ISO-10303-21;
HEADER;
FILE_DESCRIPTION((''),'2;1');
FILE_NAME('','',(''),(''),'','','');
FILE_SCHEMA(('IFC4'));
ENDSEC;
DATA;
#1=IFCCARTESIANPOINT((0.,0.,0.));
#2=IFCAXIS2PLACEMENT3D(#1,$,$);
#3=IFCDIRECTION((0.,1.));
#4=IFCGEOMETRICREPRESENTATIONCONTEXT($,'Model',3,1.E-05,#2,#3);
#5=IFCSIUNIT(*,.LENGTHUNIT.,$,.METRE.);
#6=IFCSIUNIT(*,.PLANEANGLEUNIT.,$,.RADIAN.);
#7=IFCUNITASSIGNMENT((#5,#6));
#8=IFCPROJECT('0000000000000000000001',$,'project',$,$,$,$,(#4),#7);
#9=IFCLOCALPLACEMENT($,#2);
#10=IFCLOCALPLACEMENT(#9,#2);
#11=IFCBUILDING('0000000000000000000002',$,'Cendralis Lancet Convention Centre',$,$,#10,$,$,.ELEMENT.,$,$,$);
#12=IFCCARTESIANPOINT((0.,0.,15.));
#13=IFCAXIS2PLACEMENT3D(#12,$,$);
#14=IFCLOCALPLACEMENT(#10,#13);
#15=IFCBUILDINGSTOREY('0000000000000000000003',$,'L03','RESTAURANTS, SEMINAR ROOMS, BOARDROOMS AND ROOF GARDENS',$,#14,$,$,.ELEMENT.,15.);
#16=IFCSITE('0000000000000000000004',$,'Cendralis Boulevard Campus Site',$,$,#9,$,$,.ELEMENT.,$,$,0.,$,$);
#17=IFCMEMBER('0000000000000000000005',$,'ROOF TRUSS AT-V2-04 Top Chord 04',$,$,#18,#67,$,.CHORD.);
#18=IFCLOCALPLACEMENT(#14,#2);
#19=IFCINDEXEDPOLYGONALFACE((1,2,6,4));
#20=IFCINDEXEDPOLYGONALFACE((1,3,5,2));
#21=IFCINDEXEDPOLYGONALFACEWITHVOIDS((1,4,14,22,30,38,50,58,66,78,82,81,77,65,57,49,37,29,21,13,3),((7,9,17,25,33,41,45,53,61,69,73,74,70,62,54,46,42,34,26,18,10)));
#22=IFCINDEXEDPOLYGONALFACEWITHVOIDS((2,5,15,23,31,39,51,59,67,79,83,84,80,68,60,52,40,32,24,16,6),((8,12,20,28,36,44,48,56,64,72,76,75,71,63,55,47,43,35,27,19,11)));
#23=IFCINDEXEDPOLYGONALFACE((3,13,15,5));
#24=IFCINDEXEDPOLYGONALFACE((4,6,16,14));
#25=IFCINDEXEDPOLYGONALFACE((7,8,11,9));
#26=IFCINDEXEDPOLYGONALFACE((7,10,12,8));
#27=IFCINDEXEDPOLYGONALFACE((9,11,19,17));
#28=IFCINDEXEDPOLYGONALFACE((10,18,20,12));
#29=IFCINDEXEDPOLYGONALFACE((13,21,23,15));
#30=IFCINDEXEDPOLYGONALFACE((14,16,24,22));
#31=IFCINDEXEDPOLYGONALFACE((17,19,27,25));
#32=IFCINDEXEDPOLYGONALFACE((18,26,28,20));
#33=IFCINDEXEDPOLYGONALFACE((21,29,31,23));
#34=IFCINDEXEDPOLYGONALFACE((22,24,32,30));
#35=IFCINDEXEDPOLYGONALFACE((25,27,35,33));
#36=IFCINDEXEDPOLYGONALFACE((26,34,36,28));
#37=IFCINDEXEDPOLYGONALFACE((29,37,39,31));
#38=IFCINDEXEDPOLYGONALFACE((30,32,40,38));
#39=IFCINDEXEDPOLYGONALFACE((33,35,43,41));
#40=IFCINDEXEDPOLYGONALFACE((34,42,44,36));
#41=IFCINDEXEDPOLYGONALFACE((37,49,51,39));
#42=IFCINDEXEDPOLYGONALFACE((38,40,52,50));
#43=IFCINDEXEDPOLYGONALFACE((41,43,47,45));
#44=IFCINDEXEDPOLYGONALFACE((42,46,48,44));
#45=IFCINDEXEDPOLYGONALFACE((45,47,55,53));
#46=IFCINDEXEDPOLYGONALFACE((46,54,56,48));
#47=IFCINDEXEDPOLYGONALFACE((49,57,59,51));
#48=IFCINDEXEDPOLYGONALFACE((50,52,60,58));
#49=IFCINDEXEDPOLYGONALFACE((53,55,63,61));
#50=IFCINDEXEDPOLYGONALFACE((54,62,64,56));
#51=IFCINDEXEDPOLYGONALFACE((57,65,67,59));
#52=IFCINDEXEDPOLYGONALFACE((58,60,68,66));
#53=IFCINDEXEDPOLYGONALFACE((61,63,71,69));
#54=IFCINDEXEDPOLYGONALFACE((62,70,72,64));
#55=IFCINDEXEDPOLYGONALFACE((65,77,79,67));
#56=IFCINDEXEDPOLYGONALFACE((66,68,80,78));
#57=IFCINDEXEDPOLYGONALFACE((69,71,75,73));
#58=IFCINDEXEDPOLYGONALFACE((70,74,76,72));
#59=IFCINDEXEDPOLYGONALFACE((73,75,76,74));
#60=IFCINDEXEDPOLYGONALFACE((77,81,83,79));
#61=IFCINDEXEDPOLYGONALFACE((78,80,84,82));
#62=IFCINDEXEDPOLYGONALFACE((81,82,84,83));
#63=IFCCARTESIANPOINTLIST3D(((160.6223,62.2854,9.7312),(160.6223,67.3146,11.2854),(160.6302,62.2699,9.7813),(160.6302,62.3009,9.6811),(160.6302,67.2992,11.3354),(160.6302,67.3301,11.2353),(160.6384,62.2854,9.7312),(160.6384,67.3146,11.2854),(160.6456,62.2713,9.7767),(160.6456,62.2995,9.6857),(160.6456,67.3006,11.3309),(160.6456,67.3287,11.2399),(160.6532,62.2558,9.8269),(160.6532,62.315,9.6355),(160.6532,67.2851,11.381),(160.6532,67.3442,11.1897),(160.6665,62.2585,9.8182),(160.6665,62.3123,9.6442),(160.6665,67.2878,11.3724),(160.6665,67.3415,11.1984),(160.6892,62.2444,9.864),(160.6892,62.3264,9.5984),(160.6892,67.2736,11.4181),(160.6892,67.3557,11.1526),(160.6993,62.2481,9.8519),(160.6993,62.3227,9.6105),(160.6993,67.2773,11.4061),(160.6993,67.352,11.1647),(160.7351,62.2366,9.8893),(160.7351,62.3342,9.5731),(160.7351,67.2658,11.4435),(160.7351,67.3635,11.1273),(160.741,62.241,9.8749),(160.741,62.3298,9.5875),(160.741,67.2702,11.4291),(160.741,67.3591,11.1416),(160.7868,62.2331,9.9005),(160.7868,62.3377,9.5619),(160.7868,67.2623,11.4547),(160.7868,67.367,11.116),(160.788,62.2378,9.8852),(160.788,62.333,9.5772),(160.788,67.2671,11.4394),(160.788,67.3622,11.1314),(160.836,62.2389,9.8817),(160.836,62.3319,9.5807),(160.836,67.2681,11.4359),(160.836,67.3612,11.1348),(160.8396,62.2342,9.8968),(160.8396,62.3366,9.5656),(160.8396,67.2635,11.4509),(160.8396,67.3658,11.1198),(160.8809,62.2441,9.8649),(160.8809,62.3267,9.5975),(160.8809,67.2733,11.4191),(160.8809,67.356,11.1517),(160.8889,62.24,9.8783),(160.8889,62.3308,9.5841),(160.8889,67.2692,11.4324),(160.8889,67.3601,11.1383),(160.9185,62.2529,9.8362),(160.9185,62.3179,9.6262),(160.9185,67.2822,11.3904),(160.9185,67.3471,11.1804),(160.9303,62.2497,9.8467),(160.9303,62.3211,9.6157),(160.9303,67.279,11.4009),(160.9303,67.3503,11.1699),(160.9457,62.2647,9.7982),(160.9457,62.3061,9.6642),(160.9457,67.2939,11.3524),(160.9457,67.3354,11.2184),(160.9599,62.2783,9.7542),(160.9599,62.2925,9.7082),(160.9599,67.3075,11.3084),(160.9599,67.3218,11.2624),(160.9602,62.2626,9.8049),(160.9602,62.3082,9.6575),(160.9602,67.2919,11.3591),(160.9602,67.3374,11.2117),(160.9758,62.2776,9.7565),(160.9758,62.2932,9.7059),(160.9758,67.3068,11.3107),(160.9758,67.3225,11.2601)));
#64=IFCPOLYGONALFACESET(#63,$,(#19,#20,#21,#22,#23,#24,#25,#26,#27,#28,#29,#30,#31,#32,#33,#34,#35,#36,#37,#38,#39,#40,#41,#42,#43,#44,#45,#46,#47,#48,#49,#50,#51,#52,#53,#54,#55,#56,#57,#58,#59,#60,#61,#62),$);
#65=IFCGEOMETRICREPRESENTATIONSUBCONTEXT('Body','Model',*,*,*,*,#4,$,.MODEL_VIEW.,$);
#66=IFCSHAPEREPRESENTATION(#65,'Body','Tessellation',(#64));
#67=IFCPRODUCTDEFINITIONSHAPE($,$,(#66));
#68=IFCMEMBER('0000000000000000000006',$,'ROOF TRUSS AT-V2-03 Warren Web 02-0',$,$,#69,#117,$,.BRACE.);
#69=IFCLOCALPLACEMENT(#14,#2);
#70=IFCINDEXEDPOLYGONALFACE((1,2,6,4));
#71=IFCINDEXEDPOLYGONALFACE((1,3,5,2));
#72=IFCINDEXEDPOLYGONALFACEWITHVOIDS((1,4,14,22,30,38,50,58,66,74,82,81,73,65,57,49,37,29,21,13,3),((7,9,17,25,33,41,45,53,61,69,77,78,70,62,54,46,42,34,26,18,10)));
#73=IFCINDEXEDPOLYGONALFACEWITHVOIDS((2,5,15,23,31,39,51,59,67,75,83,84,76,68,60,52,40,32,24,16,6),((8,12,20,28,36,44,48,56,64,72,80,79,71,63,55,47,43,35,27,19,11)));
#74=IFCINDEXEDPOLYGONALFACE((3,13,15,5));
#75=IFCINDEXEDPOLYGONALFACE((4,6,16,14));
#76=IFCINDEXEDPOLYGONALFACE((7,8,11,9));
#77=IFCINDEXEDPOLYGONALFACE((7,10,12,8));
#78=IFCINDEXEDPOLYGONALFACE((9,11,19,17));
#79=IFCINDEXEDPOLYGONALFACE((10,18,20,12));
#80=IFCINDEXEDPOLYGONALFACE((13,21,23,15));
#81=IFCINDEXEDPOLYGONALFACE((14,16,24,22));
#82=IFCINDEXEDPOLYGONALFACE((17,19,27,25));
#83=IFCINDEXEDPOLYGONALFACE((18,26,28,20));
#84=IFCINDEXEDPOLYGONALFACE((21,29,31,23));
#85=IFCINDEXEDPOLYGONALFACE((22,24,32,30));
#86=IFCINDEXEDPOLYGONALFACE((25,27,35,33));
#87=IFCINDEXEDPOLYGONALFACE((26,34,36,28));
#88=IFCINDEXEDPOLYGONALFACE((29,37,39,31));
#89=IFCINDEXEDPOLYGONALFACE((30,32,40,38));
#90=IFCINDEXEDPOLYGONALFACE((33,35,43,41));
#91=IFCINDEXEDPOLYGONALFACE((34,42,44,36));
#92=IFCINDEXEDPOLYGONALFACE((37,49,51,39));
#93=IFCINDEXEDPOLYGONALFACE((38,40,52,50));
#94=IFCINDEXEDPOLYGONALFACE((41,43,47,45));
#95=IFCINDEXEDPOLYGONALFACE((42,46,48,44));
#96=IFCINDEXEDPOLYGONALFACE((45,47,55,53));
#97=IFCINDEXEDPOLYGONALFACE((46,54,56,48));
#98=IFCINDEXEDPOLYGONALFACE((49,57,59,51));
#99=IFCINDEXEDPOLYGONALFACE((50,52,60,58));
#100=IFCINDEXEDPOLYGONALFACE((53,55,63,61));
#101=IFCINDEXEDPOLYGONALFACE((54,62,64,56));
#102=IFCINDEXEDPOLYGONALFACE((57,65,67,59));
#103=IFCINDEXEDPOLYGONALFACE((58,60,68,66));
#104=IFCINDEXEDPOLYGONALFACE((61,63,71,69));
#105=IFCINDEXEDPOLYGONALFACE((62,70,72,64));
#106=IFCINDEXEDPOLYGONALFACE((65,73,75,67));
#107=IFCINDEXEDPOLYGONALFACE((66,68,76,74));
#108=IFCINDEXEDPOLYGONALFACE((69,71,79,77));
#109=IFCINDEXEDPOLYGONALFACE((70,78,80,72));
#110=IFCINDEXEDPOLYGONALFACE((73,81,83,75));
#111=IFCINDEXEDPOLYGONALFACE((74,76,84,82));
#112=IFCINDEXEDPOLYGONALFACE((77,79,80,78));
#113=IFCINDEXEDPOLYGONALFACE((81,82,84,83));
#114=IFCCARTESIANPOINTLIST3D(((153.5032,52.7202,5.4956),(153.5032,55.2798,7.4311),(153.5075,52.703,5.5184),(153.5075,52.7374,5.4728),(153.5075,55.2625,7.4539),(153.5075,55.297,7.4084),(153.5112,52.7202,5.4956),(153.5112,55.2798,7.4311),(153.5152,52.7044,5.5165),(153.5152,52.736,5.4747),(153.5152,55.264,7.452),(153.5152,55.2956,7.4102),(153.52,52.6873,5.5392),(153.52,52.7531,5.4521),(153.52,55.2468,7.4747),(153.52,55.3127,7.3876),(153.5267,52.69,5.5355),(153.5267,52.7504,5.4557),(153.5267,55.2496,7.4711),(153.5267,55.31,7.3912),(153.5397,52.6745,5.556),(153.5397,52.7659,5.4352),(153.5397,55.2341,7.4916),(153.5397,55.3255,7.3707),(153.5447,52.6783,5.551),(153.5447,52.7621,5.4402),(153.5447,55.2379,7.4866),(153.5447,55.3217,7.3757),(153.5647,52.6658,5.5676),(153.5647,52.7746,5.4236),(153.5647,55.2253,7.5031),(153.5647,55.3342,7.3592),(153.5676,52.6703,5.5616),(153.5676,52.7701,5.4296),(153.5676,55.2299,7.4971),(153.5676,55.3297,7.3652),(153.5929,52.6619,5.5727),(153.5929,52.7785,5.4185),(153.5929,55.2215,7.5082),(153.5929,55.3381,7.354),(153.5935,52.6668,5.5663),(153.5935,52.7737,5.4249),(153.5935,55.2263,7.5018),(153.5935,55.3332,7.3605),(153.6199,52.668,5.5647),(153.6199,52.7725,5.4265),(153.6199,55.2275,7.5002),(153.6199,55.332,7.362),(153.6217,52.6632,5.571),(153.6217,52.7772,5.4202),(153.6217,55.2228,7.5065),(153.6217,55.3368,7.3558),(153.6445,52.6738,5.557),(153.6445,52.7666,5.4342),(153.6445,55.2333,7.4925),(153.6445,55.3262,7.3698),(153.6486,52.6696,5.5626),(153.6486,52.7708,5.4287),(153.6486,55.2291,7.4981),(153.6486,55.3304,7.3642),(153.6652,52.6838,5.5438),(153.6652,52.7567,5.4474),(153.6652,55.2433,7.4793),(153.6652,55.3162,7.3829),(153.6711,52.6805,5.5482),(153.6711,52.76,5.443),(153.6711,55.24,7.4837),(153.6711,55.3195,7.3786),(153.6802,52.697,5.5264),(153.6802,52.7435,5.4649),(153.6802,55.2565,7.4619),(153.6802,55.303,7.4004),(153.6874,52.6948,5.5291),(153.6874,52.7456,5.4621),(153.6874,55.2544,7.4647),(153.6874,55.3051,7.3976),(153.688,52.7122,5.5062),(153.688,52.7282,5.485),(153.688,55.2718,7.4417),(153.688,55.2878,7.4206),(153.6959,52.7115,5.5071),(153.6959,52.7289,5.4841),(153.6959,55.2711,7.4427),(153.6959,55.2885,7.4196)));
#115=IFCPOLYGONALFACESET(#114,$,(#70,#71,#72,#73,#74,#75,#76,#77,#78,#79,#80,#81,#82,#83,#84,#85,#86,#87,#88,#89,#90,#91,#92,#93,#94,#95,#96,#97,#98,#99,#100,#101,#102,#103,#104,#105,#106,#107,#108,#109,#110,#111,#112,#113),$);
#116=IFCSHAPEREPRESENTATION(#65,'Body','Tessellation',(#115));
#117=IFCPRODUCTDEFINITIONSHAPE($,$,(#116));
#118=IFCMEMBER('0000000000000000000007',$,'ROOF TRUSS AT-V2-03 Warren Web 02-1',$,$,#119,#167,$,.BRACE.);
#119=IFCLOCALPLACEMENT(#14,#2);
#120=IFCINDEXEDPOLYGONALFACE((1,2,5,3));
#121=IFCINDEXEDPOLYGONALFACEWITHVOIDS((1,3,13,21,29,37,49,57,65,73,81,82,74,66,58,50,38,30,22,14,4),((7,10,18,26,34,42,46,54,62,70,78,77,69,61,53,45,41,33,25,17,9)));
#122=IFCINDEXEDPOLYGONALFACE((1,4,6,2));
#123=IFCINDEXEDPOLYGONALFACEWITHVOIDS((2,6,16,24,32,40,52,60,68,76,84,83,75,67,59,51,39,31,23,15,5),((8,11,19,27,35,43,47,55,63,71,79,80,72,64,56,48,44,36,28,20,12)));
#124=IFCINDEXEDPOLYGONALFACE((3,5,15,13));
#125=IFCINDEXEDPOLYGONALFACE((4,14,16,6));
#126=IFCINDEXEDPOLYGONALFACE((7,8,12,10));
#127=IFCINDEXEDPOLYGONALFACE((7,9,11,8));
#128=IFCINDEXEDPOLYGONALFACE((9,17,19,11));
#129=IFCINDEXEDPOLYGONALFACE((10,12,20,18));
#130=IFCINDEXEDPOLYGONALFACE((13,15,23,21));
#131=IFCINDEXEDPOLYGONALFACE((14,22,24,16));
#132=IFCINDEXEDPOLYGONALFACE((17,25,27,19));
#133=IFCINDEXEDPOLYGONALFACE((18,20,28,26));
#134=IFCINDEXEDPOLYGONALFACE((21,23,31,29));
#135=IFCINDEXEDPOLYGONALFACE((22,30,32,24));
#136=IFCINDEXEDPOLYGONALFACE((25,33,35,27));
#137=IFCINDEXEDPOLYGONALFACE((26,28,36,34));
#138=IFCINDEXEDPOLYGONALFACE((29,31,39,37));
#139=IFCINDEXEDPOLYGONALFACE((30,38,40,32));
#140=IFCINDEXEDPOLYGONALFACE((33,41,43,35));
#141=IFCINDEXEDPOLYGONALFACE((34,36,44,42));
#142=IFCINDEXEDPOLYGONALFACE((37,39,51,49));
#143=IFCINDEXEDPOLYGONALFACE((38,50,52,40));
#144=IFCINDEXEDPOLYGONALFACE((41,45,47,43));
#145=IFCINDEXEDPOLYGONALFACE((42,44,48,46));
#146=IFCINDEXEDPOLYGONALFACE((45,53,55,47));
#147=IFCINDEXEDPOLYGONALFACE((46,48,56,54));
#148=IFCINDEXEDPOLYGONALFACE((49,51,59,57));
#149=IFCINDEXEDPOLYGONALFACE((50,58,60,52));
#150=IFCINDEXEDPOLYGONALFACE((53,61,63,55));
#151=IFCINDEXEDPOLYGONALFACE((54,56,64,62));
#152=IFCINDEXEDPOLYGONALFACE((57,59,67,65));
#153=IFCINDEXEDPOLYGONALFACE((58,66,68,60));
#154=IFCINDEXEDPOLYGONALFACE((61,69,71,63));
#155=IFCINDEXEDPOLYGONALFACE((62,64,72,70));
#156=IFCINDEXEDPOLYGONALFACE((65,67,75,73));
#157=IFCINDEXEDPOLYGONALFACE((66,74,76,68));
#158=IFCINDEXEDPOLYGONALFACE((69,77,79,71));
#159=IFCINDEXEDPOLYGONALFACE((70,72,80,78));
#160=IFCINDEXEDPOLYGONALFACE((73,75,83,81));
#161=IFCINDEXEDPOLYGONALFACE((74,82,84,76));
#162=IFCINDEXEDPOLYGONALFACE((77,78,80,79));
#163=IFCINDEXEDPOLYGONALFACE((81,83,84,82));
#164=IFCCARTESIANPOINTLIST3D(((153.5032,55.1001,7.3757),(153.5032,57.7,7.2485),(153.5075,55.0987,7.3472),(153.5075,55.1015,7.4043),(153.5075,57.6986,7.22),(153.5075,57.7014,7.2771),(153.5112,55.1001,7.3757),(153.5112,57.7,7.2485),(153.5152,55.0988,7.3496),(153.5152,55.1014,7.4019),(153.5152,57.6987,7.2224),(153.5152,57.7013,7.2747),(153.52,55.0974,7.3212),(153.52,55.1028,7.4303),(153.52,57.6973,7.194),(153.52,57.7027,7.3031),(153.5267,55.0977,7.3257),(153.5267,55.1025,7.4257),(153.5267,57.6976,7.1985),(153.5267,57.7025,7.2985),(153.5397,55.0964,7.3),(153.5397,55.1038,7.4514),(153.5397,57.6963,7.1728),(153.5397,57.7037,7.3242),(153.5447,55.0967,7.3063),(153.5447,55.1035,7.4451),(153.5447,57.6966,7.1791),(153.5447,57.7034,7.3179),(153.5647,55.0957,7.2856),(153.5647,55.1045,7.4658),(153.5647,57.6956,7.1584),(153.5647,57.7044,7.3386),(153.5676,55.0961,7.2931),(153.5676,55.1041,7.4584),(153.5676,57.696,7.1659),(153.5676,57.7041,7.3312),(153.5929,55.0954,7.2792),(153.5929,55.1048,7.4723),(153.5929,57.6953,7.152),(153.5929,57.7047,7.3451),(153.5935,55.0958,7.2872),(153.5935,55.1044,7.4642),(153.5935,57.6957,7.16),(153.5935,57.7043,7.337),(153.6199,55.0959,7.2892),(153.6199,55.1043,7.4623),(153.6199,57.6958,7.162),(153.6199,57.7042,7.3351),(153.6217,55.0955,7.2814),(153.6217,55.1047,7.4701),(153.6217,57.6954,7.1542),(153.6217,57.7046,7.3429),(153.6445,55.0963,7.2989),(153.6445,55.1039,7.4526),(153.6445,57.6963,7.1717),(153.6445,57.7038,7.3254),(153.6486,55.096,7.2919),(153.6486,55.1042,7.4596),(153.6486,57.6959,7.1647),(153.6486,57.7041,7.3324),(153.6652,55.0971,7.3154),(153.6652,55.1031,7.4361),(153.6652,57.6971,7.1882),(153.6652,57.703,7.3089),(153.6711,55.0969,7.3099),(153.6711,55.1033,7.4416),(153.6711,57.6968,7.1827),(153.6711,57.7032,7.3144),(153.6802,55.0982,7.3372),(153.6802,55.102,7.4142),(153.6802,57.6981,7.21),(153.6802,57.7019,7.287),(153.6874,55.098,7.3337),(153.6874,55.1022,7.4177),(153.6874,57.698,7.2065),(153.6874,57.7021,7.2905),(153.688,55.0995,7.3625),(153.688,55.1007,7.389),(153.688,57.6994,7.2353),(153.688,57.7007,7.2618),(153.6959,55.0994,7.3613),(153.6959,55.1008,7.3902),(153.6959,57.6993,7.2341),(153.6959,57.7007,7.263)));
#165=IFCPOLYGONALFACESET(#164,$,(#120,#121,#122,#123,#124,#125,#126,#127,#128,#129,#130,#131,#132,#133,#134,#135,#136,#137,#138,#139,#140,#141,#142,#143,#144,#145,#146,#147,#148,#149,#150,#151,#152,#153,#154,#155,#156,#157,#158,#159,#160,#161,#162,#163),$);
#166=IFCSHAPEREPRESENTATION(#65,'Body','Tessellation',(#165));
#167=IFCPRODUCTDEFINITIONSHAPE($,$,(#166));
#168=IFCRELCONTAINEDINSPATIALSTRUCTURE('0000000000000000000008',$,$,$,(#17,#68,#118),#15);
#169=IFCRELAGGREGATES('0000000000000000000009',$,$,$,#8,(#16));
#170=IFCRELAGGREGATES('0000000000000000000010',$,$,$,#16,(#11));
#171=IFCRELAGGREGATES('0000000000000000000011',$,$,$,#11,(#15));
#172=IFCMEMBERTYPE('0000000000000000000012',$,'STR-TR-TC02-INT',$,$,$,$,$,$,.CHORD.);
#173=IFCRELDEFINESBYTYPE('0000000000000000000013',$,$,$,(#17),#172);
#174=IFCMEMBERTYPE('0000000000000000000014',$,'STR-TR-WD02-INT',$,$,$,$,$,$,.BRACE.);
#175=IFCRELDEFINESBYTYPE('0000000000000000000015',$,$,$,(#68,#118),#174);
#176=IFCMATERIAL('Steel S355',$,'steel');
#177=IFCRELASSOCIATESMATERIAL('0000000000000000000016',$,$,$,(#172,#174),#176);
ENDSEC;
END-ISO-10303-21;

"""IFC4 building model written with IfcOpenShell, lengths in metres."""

from ifc_helpers import new_model, si_unit, direction, frame, origin, origin_2d, place, context, subcontext, project, spatial, hollow_circle, extrude, material, material_profile, profile_set, type_object, element, save


model = new_model("IFC4")

# Units and contexts
model_context = context("Model", 3, precision=1e-05, world=origin(), true_north=direction((0.0, 1.0)))
body_context = subcontext(model_context, "Body", "Model", "MODEL_VIEW")
ifc_project = project(units=[si_unit("LENGTHUNIT", "METRE"), si_unit("PLANEANGLEUNIT", "RADIAN")], contexts=[model_context])

# Site, building, storey
site_placement = place(None, origin())
site = spatial("IfcSite", under=ifc_project, at=site_placement, Name="Cendralis Boulevard Campus Site", CompositionType="ELEMENT", RefElevation=0.0)
building_placement = place(site_placement, origin())
building = spatial("IfcBuilding", under=site, at=building_placement, Name="Cendralis Lancet Convention Centre", CompositionType="ELEMENT")
storey_placement = place(building_placement, frame((0.0, 0.0, 15.0)))
storey = spatial("IfcBuildingStorey", under=building, at=storey_placement, Name="L03", Description="RESTAURANTS, SEMINAR ROOMS, BOARDROOMS AND ROOF GARDENS", CompositionType="ELEMENT", Elevation=15.0)

# Members
ifc_material = material(Name="Steel S355", Category="steel")
ifc_material_profile_1 = material_profile(ifc_material, hollow_circle(Radius=0.1777, WallThickness=0.0161, at=origin_2d()), Name="CHS 355.6x16.0")
ifc_profile_set_1 = profile_set([ifc_material_profile_1], Name="Steel S355")
member_type_1 = type_object("IfcMemberType", Name="STR-TR-TC02-INT", PredefinedType="CHORD", material=ifc_profile_set_1)
member_1_placement = place(storey_placement, frame((160.8, 62.2854, 9.7312), z_axis=(0.0, 0.955419, 0.295252), x_axis=(-1.0, 0.0, 0.0)))
element("IfcMember", 1, at=member_1_placement, inside=storey, type_object=member_type_1, Name="ROOF TRUSS AT-V2-04 Top Chord 04", PredefinedType="CHORD", context=body_context, shape_type="SweptSolid", body=[
    extrude(hollow_circle(Radius=0.1777, WallThickness=0.0161, at=origin_2d()), origin(), (0.0, 0.0, 1.0), 5.2639),
])
ifc_material_profile_2 = material_profile(ifc_material, hollow_circle(Radius=0.0969, WallThickness=0.0081, at=origin_2d()), Name="CHS 193.7x8.0")
ifc_profile_set_2 = profile_set([ifc_material_profile_2], Name="Steel S355")
member_type_2 = type_object("IfcMemberType", Name="STR-TR-WD02-INT", PredefinedType="BRACE", material=ifc_profile_set_2)
member_2_placement = place(storey_placement, frame((153.6001, 52.7202, 5.4956), z_axis=(0.0, 0.79762, 0.60316), x_axis=(-1.0, 0.0, 0.0)))
element("IfcMember", 2, at=member_2_placement, inside=storey, type_object=member_type_2, Name="ROOF TRUSS AT-V2-03 Warren Web 02-0", PredefinedType="BRACE", context=body_context, shape_type="SweptSolid", body=[
    extrude(hollow_circle(Radius=0.0969, WallThickness=0.0081, at=origin_2d()), origin(), (0.0, 0.0, 1.0), 3.209),
])
member_3_placement = place(storey_placement, frame((153.6001, 55.1001, 7.3757), z_axis=(0.0, 0.998805, -0.048866), x_axis=(-1.0, 0.0, 0.0)))
element("IfcMember", 3, at=member_3_placement, inside=storey, type_object=member_type_2, Name="ROOF TRUSS AT-V2-03 Warren Web 02-1", PredefinedType="BRACE", context=body_context, shape_type="SweptSolid", body=[
    extrude(hollow_circle(Radius=0.0969, WallThickness=0.0081, at=origin_2d()), origin(), (0.0, 0.0, 1.0), 2.603),
])

save(model, "model.ifc")
